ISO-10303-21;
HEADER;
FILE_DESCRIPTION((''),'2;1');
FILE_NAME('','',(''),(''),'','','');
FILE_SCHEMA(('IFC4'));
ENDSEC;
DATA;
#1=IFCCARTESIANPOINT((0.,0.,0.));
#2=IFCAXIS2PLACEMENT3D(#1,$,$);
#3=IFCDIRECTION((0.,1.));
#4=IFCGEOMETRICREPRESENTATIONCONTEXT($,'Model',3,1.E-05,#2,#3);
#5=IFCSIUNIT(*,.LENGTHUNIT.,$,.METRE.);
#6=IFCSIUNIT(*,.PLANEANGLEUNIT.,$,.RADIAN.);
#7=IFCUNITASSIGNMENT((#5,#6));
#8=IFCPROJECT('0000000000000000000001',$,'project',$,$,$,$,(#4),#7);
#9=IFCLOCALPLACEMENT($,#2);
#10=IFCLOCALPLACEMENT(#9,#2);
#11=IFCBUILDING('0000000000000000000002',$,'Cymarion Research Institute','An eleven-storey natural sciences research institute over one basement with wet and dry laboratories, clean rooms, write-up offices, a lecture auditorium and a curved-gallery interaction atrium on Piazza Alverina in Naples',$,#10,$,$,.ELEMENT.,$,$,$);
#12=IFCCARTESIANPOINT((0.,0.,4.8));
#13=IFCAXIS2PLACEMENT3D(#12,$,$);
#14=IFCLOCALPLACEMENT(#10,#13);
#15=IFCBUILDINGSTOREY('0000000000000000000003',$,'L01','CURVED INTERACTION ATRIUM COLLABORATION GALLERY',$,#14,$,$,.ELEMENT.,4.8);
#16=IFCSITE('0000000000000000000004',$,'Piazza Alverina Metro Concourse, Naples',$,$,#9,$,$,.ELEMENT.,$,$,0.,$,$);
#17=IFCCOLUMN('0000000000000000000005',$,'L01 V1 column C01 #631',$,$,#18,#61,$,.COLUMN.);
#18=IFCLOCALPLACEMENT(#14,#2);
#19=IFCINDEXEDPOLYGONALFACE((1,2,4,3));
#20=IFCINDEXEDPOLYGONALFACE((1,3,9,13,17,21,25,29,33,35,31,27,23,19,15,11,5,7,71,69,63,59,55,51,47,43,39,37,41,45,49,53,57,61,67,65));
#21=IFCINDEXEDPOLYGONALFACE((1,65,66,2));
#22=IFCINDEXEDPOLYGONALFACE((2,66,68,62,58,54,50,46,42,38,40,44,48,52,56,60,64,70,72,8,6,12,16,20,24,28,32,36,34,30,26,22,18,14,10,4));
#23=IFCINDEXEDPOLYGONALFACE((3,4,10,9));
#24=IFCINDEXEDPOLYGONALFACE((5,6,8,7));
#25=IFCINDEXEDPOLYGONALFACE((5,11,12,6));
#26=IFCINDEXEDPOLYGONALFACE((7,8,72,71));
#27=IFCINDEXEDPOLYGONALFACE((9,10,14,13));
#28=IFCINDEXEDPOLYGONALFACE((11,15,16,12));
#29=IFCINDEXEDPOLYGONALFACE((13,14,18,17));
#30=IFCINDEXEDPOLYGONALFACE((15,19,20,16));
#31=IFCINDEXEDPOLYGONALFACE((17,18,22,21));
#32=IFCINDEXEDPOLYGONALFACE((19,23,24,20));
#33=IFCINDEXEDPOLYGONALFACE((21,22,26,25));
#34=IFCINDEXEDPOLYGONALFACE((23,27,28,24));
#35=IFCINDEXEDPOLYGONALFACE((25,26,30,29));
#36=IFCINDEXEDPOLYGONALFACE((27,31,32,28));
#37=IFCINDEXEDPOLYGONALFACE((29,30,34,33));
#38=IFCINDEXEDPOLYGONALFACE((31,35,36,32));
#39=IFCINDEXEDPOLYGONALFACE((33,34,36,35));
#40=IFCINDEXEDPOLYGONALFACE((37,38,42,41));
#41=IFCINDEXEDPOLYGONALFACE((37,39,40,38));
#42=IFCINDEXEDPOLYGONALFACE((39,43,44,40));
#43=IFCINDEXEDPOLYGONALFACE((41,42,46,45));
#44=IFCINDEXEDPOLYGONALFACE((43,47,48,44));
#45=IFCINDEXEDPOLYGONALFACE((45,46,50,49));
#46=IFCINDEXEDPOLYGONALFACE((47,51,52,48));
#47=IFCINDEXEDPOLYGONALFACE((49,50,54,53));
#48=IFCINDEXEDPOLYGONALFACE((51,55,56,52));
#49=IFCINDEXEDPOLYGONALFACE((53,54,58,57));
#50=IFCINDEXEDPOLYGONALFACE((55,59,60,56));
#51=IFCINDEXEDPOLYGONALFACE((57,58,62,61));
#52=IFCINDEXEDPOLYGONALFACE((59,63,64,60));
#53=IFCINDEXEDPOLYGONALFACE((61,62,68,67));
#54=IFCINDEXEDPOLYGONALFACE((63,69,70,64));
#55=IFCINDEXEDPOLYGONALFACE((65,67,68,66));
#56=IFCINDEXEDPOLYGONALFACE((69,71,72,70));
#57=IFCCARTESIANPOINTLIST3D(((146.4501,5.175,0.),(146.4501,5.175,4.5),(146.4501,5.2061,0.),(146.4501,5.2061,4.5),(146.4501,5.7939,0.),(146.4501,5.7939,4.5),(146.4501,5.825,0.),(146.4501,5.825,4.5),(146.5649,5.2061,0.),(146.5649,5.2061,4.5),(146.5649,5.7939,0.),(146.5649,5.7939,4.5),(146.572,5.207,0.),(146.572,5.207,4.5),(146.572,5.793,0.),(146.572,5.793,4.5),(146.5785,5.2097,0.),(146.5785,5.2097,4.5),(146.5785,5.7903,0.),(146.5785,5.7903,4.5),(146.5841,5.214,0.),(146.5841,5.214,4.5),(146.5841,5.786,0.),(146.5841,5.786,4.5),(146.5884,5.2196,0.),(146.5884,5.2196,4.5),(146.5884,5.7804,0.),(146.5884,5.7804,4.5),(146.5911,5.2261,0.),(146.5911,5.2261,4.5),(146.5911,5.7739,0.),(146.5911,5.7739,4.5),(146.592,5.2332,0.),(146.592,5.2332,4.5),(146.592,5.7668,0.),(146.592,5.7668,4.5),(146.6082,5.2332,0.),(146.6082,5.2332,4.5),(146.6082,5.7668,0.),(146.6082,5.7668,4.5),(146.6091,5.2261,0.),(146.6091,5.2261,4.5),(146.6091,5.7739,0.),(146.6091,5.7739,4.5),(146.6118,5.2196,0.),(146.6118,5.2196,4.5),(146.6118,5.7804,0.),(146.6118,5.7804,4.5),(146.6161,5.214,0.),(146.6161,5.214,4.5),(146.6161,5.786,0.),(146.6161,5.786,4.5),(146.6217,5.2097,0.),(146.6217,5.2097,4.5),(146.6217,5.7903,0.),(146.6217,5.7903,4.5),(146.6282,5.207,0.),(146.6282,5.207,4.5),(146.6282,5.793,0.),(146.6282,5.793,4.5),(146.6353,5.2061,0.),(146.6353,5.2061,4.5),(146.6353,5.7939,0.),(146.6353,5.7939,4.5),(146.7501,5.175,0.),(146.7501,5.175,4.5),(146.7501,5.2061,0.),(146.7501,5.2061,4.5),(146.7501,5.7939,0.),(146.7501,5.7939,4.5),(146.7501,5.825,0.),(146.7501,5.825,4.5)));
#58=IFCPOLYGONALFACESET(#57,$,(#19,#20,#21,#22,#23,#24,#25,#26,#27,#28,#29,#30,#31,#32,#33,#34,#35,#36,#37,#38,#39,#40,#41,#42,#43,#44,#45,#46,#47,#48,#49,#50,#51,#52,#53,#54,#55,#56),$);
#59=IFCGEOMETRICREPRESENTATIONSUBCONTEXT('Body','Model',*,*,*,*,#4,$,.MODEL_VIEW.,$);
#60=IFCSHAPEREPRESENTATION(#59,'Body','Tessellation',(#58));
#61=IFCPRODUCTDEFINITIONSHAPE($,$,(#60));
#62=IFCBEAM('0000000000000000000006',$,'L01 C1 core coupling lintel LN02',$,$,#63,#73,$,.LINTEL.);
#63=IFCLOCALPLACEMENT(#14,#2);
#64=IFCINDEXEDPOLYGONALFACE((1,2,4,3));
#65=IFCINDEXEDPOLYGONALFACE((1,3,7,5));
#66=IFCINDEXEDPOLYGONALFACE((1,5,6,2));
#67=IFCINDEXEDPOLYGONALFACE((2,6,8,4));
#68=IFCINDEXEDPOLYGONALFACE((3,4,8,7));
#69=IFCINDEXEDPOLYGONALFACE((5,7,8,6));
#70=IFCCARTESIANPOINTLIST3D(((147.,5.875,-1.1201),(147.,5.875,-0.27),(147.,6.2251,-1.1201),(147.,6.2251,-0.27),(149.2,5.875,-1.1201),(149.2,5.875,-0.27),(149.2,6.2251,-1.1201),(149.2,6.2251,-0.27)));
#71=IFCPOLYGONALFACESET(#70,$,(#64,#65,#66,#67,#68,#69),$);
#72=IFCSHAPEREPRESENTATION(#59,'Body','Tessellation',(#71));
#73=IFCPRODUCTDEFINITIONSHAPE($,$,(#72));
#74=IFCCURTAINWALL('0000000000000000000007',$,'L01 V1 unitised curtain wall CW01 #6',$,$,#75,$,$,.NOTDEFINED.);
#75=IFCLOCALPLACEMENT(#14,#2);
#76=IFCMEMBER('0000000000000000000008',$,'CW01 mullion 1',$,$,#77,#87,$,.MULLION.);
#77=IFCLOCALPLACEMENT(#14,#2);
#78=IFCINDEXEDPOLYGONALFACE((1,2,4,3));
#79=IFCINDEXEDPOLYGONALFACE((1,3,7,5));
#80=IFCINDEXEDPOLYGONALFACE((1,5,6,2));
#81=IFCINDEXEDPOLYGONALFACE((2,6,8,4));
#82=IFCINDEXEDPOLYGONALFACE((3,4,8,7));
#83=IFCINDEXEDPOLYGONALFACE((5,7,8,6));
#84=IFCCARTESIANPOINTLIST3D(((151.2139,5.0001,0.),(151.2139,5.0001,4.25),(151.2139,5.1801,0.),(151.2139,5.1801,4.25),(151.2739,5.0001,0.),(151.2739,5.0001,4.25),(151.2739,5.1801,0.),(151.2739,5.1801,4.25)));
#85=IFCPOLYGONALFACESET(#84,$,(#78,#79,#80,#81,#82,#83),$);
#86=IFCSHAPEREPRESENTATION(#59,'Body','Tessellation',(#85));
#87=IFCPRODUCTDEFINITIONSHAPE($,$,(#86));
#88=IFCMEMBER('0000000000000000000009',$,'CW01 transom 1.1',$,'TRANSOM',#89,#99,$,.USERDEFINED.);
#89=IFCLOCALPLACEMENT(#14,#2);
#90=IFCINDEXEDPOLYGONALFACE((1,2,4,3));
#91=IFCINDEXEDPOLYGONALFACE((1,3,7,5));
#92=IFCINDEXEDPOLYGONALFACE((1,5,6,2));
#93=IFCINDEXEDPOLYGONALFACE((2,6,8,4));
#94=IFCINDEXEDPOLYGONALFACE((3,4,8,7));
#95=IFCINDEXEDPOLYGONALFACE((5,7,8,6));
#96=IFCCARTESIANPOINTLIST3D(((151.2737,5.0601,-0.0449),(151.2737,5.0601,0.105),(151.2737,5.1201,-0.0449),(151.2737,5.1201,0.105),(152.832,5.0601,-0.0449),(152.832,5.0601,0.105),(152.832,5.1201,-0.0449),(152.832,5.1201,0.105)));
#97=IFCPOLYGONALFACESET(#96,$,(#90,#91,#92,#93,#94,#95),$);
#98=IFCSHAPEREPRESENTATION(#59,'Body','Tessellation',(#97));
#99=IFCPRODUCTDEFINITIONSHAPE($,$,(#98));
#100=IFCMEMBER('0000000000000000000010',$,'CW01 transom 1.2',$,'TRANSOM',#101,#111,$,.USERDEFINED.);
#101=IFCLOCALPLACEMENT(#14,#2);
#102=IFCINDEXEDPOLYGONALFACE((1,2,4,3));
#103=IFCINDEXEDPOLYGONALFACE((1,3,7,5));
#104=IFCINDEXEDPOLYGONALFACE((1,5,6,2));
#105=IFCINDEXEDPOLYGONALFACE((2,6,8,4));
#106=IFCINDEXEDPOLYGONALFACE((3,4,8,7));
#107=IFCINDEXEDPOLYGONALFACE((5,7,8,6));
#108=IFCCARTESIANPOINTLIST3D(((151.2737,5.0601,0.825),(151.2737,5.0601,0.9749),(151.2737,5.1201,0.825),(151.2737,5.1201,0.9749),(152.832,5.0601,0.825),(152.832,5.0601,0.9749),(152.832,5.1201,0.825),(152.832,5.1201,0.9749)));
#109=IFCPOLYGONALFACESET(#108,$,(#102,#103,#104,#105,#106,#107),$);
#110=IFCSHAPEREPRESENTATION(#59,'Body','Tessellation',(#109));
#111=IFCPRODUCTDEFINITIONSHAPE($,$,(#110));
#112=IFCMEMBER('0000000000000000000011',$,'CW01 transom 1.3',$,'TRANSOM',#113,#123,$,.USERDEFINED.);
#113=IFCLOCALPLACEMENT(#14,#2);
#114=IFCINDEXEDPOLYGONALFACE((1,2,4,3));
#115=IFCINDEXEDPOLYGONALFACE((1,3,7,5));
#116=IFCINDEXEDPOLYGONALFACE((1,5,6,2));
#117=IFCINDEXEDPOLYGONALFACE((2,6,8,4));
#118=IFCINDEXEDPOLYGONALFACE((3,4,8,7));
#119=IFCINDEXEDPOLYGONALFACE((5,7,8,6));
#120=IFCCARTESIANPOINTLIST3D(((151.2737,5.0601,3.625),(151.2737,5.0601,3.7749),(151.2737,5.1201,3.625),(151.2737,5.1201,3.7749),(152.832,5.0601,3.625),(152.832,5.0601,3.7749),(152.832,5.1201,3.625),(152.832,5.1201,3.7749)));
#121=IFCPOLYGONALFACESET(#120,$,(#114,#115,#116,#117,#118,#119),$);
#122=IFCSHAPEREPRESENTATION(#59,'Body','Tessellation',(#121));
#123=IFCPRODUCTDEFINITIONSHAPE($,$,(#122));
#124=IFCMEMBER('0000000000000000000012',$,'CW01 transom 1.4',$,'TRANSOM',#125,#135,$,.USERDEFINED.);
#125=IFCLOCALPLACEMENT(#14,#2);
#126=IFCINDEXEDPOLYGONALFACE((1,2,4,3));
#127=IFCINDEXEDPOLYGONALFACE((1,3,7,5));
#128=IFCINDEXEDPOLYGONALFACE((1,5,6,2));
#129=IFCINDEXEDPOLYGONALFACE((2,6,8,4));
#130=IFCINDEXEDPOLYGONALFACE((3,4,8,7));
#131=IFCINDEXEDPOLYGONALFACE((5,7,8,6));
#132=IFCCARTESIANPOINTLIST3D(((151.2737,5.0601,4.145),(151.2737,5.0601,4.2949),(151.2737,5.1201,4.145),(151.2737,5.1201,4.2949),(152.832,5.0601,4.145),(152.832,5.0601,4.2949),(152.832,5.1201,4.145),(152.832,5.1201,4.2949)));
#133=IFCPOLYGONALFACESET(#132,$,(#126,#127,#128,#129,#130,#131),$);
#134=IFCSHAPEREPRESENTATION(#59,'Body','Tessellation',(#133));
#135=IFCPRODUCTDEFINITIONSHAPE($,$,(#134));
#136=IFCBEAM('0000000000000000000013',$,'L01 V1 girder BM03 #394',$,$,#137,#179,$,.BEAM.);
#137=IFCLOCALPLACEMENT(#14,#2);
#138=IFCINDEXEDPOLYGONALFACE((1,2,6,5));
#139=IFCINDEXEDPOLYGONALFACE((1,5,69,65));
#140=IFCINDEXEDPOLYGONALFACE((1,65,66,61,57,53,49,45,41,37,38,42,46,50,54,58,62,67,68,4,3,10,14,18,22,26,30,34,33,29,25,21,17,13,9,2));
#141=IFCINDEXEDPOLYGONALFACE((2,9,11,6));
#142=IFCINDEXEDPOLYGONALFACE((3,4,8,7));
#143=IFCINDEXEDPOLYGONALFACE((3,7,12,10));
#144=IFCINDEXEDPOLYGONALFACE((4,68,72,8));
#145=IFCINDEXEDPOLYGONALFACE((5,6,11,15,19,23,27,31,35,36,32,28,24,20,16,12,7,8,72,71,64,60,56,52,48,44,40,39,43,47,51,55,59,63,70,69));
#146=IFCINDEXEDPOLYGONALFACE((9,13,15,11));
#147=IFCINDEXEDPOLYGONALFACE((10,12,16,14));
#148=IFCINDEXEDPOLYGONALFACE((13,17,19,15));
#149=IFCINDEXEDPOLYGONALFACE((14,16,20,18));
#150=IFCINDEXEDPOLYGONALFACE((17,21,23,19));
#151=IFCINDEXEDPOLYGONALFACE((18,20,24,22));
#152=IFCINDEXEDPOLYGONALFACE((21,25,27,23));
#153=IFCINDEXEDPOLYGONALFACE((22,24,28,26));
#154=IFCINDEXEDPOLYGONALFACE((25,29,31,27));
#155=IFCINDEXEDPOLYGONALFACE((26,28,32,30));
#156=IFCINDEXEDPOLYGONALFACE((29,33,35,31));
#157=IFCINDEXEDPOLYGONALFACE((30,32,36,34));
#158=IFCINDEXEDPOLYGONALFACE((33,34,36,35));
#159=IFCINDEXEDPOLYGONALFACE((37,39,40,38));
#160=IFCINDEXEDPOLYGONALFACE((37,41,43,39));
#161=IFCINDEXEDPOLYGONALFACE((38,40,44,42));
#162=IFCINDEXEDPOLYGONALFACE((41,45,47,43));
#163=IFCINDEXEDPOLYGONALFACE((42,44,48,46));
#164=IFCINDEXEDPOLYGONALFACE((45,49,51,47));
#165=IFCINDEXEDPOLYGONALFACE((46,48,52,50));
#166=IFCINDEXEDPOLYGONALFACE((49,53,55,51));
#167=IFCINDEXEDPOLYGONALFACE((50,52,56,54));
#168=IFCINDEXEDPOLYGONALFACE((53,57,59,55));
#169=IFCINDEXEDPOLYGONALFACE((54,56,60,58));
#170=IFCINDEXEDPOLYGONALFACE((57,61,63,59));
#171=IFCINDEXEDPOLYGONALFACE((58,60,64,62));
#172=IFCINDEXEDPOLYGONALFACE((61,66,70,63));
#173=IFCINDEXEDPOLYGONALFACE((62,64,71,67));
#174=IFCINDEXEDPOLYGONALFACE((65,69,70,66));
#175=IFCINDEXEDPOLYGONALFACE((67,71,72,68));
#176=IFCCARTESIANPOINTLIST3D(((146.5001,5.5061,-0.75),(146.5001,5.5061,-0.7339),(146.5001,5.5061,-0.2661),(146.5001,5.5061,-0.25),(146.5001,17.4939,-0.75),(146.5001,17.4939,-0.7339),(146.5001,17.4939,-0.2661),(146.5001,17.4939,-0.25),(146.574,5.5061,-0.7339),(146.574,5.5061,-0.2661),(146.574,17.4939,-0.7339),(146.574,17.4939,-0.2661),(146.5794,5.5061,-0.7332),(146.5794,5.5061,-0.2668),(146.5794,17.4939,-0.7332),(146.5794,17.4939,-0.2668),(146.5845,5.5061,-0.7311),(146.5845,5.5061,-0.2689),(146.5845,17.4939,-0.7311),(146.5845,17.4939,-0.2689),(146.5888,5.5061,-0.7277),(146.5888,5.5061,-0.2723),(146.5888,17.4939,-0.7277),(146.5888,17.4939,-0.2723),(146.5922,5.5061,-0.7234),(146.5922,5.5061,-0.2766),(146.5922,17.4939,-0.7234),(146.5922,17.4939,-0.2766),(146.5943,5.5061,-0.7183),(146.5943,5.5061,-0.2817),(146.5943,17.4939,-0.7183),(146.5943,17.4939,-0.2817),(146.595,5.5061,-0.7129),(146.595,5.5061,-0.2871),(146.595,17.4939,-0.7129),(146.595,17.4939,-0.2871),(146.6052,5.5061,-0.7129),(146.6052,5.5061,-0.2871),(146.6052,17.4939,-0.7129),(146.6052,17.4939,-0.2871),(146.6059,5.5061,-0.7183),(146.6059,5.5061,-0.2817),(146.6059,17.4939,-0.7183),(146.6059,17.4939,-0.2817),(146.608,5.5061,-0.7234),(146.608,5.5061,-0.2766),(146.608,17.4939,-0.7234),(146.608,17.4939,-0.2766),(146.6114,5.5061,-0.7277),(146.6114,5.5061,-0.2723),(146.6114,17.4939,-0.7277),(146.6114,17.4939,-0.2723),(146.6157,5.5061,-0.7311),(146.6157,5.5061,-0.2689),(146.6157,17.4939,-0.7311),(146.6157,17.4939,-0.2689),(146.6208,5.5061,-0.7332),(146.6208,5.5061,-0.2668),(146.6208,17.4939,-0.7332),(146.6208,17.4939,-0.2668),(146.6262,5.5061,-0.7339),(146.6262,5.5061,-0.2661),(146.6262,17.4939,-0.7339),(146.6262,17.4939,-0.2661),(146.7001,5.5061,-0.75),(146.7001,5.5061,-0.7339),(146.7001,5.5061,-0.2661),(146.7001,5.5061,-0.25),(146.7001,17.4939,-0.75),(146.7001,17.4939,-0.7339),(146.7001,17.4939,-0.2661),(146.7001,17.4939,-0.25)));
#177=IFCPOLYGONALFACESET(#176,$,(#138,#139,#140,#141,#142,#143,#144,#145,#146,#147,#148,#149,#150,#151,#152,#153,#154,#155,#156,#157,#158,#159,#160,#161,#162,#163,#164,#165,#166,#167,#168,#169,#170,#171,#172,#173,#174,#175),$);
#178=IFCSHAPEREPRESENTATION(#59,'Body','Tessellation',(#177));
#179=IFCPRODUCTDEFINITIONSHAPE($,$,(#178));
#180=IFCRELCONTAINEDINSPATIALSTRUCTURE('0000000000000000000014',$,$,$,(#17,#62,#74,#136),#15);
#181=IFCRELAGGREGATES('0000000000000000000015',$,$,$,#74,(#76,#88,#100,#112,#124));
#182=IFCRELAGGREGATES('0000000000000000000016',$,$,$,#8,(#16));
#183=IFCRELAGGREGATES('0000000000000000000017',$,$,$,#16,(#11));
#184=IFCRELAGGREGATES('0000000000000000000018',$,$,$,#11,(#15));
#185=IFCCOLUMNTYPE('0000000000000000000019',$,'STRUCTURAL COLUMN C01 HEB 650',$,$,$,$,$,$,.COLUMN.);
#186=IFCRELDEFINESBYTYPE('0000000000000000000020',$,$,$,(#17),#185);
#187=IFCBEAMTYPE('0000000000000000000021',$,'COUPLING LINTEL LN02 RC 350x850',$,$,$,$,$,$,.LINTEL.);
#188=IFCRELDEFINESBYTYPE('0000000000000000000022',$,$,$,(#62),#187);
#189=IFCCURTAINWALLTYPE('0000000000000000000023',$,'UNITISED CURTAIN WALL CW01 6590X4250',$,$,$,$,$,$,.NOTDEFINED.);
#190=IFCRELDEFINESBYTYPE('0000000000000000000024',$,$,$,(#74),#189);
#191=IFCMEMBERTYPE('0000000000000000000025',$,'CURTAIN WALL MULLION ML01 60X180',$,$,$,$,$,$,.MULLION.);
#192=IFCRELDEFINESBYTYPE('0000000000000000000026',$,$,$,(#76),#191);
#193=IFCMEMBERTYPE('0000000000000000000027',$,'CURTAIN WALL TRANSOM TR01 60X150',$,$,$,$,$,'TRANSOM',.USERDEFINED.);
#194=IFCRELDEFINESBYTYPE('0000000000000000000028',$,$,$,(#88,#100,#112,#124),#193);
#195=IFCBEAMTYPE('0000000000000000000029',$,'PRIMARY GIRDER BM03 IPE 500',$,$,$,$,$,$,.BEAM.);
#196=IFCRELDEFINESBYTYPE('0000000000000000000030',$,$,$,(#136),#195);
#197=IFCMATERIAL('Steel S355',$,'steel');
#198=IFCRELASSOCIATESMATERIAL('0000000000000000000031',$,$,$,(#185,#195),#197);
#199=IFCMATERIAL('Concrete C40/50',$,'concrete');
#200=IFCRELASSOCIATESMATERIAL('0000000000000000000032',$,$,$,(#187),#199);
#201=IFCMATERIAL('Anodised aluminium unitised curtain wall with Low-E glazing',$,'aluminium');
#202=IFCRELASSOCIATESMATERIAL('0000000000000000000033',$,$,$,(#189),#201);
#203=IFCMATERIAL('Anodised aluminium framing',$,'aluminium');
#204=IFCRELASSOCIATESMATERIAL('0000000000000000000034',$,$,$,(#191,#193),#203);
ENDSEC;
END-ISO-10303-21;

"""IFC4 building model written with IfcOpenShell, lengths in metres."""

from ifc_helpers import new_model, si_unit, direction, frame, origin, origin_2d, place, context, subcontext, project, spatial, rectangle, i_section, extrude, material, material_profile, profile_set, type_object, element, aggregate, save


model = new_model("IFC4")

# Units and contexts
model_context = context("Model", 3, precision=1e-05, world=origin(), true_north=direction((0.0, 1.0)))
body_context = subcontext(model_context, "Body", "Model", "MODEL_VIEW")
ifc_project = project(units=[si_unit("LENGTHUNIT", "METRE"), si_unit("PLANEANGLEUNIT", "RADIAN")], contexts=[model_context])

# Site, building, storey
site_placement = place(None, origin())
site = spatial("IfcSite", under=ifc_project, at=site_placement, Name="Piazza Alverina Metro Concourse, Naples", CompositionType="ELEMENT", RefElevation=0.0)
building_placement = place(site_placement, origin())
building = spatial("IfcBuilding", under=site, at=building_placement, Name="Cymarion Research Institute", Description="An eleven-storey natural sciences research institute over one basement with wet and dry laboratories, clean rooms, write-up offices, a lecture auditorium and a curved-gallery interaction atrium on Piazza Alverina in Naples", CompositionType="ELEMENT")
storey_placement = place(building_placement, frame((0.0, 0.0, 4.8)))
storey = spatial("IfcBuildingStorey", under=building, at=storey_placement, Name="L01", Description="CURVED INTERACTION ATRIUM COLLABORATION GALLERY", CompositionType="ELEMENT", Elevation=4.8)

# Column
ifc_material_1 = material(Name="Steel S355", Category="steel")
ifc_material_profile_1 = material_profile(ifc_material_1, i_section(OverallWidth=0.3, OverallDepth=0.6499, WebThickness=0.0161, FlangeThickness=0.031, FilletRadius=0.0271, at=origin_2d()), Name="HEB 650")
ifc_profile_set_1 = profile_set([ifc_material_profile_1], Name="Steel S355")
column_type = type_object("IfcColumnType", Name="STRUCTURAL COLUMN C01 HEB 650", PredefinedType="COLUMN", material=ifc_profile_set_1)
column_placement = place(storey_placement, frame((146.6001, 5.5, 0.0), z_axis=(0.0, 0.0, 1.0), x_axis=(1.0, 0.0, 0.0)))
element("IfcColumn", 1, at=column_placement, inside=storey, type_object=column_type, Name="L01 V1 column C01 #631", PredefinedType="COLUMN", context=body_context, shape_type="SweptSolid", body=[
    extrude(i_section(OverallWidth=0.3, OverallDepth=0.6499, WebThickness=0.0161, FlangeThickness=0.031, FilletRadius=0.0271, at=origin_2d()), origin(), (0.0, 0.0, 1.0), 4.5),
])

# Beam
ifc_material_2 = material(Name="Concrete C40/50", Category="concrete")
ifc_material_profile_2 = material_profile(ifc_material_2, rectangle(XDim=0.3501, YDim=0.8501, at=origin_2d()), Name="RC 350x850")
ifc_profile_set_2 = profile_set([ifc_material_profile_2], Name="Concrete C40/50")
beam_type_1 = type_object("IfcBeamType", Name="COUPLING LINTEL LN02 RC 350x850", PredefinedType="LINTEL", material=ifc_profile_set_2)
beam_1_placement = place(storey_placement, frame((147.0, 6.05, -0.6951), z_axis=(1.0, 0.0, 0.0), x_axis=(0.0, 1.0, 0.0)))
element("IfcBeam", 2, at=beam_1_placement, inside=storey, type_object=beam_type_1, Name="L01 C1 core coupling lintel LN02", PredefinedType="LINTEL", context=body_context, shape_type="SweptSolid", body=[
    extrude(rectangle(XDim=0.3501, YDim=0.8501, at=origin_2d()), origin(), (0.0, 0.0, 1.0), 2.2),
])

# Curtain wall, members
ifc_material_3 = material(Name="Anodised aluminium unitised curtain wall with Low-E glazing", Category="aluminium")
curtain_wall_type = type_object("IfcCurtainWallType", Name="UNITISED CURTAIN WALL CW01 6590X4250", PredefinedType="NOTDEFINED", material=ifc_material_3)
curtain_wall_placement = place(storey_placement, origin())
curtain_wall = element("IfcCurtainWall", 3, at=curtain_wall_placement, inside=storey, type_object=curtain_wall_type, Name="L01 V1 unitised curtain wall CW01 #6", PredefinedType="NOTDEFINED")
ifc_material_4 = material(Name="Anodised aluminium framing", Category="aluminium")
ifc_material_profile_3 = material_profile(ifc_material_4, rectangle(XDim=0.0601, YDim=0.1799, at=origin_2d()), Name="ALU MULLION 60x180")
ifc_profile_set_3 = profile_set([ifc_material_profile_3], Name="Anodised aluminium framing")
member_type_1 = type_object("IfcMemberType", Name="CURTAIN WALL MULLION ML01 60X180", PredefinedType="MULLION", material=ifc_profile_set_3)
member_1_placement = place(storey_placement, frame((151.2439, 5.0901, 0.0), z_axis=(0.0, 0.0, 1.0), x_axis=(1.0, 0.0, 0.0)))
member_1 = element("IfcMember", 4, at=member_1_placement, type_object=member_type_1, Name="CW01 mullion 1", PredefinedType="MULLION", context=body_context, shape_type="SweptSolid", body=[
    extrude(rectangle(XDim=0.0601, YDim=0.1799, at=origin_2d()), origin(), (0.0, 0.0, 1.0), 4.25),
])
ifc_material_profile_4 = material_profile(ifc_material_4, rectangle(XDim=0.0601, YDim=0.1499, at=origin_2d()), Name="ALU TRANSOM 60x150")
ifc_profile_set_4 = profile_set([ifc_material_profile_4], Name="Anodised aluminium framing")
member_type_2 = type_object("IfcMemberType", Name="CURTAIN WALL TRANSOM TR01 60X150", ElementType="TRANSOM", PredefinedType="USERDEFINED", material=ifc_profile_set_4)
member_2_placement = place(storey_placement, frame((151.2737, 5.0901, 0.03), z_axis=(1.0, 0.0, 0.0), x_axis=(0.0, 1.0, 0.0)))
member_2 = element("IfcMember", 5, at=member_2_placement, type_object=member_type_2, Name="CW01 transom 1.1", ObjectType="TRANSOM", PredefinedType="USERDEFINED", context=body_context, shape_type="SweptSolid", body=[
    extrude(rectangle(XDim=0.0601, YDim=0.1499, at=origin_2d()), origin(), (0.0, 0.0, 1.0), 1.5583),
])
member_3_placement = place(storey_placement, frame((151.2737, 5.0901, 0.8999), z_axis=(1.0, 0.0, 0.0), x_axis=(0.0, 1.0, 0.0)))
member_3 = element("IfcMember", 6, at=member_3_placement, type_object=member_type_2, Name="CW01 transom 1.2", ObjectType="TRANSOM", PredefinedType="USERDEFINED", context=body_context, shape_type="SweptSolid", body=[
    extrude(rectangle(XDim=0.0601, YDim=0.1499, at=origin_2d()), origin(), (0.0, 0.0, 1.0), 1.5583),
])
member_4_placement = place(storey_placement, frame((151.2737, 5.0901, 3.7), z_axis=(1.0, 0.0, 0.0), x_axis=(0.0, 1.0, 0.0)))
member_4 = element("IfcMember", 7, at=member_4_placement, type_object=member_type_2, Name="CW01 transom 1.3", ObjectType="TRANSOM", PredefinedType="USERDEFINED", context=body_context, shape_type="SweptSolid", body=[
    extrude(rectangle(XDim=0.0601, YDim=0.1499, at=origin_2d()), origin(), (0.0, 0.0, 1.0), 1.5583),
])
member_5_placement = place(storey_placement, frame((151.2737, 5.0901, 4.22), z_axis=(1.0, 0.0, 0.0), x_axis=(0.0, 1.0, 0.0)))
member_5 = element("IfcMember", 8, at=member_5_placement, type_object=member_type_2, Name="CW01 transom 1.4", ObjectType="TRANSOM", PredefinedType="USERDEFINED", context=body_context, shape_type="SweptSolid", body=[
    extrude(rectangle(XDim=0.0601, YDim=0.1499, at=origin_2d()), origin(), (0.0, 0.0, 1.0), 1.5583),
])

# Beam
ifc_material_profile_5 = material_profile(ifc_material_1, i_section(OverallWidth=0.2, OverallDepth=0.5, WebThickness=0.0103, FlangeThickness=0.0161, FilletRadius=0.021, at=origin_2d()), Name="IPE 500")
ifc_profile_set_5 = profile_set([ifc_material_profile_5], Name="Steel S355")
beam_type_2 = type_object("IfcBeamType", Name="PRIMARY GIRDER BM03 IPE 500", PredefinedType="BEAM", material=ifc_profile_set_5)
beam_2_placement = place(storey_placement, frame((146.6001, 5.5061, -0.5), z_axis=(0.0, 1.0, 0.0), x_axis=(-1.0, 0.0, 0.0)))
element("IfcBeam", 9, at=beam_2_placement, inside=storey, type_object=beam_type_2, Name="L01 V1 girder BM03 #394", PredefinedType="BEAM", context=body_context, shape_type="SweptSolid", body=[
    extrude(i_section(OverallWidth=0.2, OverallDepth=0.5, WebThickness=0.0103, FlangeThickness=0.0161, FilletRadius=0.021, at=origin_2d()), origin(), (0.0, 0.0, 1.0), 11.9878),
])

aggregate(curtain_wall, [member_1, member_2, member_3, member_4, member_5])

save(model, "model.ifc")
